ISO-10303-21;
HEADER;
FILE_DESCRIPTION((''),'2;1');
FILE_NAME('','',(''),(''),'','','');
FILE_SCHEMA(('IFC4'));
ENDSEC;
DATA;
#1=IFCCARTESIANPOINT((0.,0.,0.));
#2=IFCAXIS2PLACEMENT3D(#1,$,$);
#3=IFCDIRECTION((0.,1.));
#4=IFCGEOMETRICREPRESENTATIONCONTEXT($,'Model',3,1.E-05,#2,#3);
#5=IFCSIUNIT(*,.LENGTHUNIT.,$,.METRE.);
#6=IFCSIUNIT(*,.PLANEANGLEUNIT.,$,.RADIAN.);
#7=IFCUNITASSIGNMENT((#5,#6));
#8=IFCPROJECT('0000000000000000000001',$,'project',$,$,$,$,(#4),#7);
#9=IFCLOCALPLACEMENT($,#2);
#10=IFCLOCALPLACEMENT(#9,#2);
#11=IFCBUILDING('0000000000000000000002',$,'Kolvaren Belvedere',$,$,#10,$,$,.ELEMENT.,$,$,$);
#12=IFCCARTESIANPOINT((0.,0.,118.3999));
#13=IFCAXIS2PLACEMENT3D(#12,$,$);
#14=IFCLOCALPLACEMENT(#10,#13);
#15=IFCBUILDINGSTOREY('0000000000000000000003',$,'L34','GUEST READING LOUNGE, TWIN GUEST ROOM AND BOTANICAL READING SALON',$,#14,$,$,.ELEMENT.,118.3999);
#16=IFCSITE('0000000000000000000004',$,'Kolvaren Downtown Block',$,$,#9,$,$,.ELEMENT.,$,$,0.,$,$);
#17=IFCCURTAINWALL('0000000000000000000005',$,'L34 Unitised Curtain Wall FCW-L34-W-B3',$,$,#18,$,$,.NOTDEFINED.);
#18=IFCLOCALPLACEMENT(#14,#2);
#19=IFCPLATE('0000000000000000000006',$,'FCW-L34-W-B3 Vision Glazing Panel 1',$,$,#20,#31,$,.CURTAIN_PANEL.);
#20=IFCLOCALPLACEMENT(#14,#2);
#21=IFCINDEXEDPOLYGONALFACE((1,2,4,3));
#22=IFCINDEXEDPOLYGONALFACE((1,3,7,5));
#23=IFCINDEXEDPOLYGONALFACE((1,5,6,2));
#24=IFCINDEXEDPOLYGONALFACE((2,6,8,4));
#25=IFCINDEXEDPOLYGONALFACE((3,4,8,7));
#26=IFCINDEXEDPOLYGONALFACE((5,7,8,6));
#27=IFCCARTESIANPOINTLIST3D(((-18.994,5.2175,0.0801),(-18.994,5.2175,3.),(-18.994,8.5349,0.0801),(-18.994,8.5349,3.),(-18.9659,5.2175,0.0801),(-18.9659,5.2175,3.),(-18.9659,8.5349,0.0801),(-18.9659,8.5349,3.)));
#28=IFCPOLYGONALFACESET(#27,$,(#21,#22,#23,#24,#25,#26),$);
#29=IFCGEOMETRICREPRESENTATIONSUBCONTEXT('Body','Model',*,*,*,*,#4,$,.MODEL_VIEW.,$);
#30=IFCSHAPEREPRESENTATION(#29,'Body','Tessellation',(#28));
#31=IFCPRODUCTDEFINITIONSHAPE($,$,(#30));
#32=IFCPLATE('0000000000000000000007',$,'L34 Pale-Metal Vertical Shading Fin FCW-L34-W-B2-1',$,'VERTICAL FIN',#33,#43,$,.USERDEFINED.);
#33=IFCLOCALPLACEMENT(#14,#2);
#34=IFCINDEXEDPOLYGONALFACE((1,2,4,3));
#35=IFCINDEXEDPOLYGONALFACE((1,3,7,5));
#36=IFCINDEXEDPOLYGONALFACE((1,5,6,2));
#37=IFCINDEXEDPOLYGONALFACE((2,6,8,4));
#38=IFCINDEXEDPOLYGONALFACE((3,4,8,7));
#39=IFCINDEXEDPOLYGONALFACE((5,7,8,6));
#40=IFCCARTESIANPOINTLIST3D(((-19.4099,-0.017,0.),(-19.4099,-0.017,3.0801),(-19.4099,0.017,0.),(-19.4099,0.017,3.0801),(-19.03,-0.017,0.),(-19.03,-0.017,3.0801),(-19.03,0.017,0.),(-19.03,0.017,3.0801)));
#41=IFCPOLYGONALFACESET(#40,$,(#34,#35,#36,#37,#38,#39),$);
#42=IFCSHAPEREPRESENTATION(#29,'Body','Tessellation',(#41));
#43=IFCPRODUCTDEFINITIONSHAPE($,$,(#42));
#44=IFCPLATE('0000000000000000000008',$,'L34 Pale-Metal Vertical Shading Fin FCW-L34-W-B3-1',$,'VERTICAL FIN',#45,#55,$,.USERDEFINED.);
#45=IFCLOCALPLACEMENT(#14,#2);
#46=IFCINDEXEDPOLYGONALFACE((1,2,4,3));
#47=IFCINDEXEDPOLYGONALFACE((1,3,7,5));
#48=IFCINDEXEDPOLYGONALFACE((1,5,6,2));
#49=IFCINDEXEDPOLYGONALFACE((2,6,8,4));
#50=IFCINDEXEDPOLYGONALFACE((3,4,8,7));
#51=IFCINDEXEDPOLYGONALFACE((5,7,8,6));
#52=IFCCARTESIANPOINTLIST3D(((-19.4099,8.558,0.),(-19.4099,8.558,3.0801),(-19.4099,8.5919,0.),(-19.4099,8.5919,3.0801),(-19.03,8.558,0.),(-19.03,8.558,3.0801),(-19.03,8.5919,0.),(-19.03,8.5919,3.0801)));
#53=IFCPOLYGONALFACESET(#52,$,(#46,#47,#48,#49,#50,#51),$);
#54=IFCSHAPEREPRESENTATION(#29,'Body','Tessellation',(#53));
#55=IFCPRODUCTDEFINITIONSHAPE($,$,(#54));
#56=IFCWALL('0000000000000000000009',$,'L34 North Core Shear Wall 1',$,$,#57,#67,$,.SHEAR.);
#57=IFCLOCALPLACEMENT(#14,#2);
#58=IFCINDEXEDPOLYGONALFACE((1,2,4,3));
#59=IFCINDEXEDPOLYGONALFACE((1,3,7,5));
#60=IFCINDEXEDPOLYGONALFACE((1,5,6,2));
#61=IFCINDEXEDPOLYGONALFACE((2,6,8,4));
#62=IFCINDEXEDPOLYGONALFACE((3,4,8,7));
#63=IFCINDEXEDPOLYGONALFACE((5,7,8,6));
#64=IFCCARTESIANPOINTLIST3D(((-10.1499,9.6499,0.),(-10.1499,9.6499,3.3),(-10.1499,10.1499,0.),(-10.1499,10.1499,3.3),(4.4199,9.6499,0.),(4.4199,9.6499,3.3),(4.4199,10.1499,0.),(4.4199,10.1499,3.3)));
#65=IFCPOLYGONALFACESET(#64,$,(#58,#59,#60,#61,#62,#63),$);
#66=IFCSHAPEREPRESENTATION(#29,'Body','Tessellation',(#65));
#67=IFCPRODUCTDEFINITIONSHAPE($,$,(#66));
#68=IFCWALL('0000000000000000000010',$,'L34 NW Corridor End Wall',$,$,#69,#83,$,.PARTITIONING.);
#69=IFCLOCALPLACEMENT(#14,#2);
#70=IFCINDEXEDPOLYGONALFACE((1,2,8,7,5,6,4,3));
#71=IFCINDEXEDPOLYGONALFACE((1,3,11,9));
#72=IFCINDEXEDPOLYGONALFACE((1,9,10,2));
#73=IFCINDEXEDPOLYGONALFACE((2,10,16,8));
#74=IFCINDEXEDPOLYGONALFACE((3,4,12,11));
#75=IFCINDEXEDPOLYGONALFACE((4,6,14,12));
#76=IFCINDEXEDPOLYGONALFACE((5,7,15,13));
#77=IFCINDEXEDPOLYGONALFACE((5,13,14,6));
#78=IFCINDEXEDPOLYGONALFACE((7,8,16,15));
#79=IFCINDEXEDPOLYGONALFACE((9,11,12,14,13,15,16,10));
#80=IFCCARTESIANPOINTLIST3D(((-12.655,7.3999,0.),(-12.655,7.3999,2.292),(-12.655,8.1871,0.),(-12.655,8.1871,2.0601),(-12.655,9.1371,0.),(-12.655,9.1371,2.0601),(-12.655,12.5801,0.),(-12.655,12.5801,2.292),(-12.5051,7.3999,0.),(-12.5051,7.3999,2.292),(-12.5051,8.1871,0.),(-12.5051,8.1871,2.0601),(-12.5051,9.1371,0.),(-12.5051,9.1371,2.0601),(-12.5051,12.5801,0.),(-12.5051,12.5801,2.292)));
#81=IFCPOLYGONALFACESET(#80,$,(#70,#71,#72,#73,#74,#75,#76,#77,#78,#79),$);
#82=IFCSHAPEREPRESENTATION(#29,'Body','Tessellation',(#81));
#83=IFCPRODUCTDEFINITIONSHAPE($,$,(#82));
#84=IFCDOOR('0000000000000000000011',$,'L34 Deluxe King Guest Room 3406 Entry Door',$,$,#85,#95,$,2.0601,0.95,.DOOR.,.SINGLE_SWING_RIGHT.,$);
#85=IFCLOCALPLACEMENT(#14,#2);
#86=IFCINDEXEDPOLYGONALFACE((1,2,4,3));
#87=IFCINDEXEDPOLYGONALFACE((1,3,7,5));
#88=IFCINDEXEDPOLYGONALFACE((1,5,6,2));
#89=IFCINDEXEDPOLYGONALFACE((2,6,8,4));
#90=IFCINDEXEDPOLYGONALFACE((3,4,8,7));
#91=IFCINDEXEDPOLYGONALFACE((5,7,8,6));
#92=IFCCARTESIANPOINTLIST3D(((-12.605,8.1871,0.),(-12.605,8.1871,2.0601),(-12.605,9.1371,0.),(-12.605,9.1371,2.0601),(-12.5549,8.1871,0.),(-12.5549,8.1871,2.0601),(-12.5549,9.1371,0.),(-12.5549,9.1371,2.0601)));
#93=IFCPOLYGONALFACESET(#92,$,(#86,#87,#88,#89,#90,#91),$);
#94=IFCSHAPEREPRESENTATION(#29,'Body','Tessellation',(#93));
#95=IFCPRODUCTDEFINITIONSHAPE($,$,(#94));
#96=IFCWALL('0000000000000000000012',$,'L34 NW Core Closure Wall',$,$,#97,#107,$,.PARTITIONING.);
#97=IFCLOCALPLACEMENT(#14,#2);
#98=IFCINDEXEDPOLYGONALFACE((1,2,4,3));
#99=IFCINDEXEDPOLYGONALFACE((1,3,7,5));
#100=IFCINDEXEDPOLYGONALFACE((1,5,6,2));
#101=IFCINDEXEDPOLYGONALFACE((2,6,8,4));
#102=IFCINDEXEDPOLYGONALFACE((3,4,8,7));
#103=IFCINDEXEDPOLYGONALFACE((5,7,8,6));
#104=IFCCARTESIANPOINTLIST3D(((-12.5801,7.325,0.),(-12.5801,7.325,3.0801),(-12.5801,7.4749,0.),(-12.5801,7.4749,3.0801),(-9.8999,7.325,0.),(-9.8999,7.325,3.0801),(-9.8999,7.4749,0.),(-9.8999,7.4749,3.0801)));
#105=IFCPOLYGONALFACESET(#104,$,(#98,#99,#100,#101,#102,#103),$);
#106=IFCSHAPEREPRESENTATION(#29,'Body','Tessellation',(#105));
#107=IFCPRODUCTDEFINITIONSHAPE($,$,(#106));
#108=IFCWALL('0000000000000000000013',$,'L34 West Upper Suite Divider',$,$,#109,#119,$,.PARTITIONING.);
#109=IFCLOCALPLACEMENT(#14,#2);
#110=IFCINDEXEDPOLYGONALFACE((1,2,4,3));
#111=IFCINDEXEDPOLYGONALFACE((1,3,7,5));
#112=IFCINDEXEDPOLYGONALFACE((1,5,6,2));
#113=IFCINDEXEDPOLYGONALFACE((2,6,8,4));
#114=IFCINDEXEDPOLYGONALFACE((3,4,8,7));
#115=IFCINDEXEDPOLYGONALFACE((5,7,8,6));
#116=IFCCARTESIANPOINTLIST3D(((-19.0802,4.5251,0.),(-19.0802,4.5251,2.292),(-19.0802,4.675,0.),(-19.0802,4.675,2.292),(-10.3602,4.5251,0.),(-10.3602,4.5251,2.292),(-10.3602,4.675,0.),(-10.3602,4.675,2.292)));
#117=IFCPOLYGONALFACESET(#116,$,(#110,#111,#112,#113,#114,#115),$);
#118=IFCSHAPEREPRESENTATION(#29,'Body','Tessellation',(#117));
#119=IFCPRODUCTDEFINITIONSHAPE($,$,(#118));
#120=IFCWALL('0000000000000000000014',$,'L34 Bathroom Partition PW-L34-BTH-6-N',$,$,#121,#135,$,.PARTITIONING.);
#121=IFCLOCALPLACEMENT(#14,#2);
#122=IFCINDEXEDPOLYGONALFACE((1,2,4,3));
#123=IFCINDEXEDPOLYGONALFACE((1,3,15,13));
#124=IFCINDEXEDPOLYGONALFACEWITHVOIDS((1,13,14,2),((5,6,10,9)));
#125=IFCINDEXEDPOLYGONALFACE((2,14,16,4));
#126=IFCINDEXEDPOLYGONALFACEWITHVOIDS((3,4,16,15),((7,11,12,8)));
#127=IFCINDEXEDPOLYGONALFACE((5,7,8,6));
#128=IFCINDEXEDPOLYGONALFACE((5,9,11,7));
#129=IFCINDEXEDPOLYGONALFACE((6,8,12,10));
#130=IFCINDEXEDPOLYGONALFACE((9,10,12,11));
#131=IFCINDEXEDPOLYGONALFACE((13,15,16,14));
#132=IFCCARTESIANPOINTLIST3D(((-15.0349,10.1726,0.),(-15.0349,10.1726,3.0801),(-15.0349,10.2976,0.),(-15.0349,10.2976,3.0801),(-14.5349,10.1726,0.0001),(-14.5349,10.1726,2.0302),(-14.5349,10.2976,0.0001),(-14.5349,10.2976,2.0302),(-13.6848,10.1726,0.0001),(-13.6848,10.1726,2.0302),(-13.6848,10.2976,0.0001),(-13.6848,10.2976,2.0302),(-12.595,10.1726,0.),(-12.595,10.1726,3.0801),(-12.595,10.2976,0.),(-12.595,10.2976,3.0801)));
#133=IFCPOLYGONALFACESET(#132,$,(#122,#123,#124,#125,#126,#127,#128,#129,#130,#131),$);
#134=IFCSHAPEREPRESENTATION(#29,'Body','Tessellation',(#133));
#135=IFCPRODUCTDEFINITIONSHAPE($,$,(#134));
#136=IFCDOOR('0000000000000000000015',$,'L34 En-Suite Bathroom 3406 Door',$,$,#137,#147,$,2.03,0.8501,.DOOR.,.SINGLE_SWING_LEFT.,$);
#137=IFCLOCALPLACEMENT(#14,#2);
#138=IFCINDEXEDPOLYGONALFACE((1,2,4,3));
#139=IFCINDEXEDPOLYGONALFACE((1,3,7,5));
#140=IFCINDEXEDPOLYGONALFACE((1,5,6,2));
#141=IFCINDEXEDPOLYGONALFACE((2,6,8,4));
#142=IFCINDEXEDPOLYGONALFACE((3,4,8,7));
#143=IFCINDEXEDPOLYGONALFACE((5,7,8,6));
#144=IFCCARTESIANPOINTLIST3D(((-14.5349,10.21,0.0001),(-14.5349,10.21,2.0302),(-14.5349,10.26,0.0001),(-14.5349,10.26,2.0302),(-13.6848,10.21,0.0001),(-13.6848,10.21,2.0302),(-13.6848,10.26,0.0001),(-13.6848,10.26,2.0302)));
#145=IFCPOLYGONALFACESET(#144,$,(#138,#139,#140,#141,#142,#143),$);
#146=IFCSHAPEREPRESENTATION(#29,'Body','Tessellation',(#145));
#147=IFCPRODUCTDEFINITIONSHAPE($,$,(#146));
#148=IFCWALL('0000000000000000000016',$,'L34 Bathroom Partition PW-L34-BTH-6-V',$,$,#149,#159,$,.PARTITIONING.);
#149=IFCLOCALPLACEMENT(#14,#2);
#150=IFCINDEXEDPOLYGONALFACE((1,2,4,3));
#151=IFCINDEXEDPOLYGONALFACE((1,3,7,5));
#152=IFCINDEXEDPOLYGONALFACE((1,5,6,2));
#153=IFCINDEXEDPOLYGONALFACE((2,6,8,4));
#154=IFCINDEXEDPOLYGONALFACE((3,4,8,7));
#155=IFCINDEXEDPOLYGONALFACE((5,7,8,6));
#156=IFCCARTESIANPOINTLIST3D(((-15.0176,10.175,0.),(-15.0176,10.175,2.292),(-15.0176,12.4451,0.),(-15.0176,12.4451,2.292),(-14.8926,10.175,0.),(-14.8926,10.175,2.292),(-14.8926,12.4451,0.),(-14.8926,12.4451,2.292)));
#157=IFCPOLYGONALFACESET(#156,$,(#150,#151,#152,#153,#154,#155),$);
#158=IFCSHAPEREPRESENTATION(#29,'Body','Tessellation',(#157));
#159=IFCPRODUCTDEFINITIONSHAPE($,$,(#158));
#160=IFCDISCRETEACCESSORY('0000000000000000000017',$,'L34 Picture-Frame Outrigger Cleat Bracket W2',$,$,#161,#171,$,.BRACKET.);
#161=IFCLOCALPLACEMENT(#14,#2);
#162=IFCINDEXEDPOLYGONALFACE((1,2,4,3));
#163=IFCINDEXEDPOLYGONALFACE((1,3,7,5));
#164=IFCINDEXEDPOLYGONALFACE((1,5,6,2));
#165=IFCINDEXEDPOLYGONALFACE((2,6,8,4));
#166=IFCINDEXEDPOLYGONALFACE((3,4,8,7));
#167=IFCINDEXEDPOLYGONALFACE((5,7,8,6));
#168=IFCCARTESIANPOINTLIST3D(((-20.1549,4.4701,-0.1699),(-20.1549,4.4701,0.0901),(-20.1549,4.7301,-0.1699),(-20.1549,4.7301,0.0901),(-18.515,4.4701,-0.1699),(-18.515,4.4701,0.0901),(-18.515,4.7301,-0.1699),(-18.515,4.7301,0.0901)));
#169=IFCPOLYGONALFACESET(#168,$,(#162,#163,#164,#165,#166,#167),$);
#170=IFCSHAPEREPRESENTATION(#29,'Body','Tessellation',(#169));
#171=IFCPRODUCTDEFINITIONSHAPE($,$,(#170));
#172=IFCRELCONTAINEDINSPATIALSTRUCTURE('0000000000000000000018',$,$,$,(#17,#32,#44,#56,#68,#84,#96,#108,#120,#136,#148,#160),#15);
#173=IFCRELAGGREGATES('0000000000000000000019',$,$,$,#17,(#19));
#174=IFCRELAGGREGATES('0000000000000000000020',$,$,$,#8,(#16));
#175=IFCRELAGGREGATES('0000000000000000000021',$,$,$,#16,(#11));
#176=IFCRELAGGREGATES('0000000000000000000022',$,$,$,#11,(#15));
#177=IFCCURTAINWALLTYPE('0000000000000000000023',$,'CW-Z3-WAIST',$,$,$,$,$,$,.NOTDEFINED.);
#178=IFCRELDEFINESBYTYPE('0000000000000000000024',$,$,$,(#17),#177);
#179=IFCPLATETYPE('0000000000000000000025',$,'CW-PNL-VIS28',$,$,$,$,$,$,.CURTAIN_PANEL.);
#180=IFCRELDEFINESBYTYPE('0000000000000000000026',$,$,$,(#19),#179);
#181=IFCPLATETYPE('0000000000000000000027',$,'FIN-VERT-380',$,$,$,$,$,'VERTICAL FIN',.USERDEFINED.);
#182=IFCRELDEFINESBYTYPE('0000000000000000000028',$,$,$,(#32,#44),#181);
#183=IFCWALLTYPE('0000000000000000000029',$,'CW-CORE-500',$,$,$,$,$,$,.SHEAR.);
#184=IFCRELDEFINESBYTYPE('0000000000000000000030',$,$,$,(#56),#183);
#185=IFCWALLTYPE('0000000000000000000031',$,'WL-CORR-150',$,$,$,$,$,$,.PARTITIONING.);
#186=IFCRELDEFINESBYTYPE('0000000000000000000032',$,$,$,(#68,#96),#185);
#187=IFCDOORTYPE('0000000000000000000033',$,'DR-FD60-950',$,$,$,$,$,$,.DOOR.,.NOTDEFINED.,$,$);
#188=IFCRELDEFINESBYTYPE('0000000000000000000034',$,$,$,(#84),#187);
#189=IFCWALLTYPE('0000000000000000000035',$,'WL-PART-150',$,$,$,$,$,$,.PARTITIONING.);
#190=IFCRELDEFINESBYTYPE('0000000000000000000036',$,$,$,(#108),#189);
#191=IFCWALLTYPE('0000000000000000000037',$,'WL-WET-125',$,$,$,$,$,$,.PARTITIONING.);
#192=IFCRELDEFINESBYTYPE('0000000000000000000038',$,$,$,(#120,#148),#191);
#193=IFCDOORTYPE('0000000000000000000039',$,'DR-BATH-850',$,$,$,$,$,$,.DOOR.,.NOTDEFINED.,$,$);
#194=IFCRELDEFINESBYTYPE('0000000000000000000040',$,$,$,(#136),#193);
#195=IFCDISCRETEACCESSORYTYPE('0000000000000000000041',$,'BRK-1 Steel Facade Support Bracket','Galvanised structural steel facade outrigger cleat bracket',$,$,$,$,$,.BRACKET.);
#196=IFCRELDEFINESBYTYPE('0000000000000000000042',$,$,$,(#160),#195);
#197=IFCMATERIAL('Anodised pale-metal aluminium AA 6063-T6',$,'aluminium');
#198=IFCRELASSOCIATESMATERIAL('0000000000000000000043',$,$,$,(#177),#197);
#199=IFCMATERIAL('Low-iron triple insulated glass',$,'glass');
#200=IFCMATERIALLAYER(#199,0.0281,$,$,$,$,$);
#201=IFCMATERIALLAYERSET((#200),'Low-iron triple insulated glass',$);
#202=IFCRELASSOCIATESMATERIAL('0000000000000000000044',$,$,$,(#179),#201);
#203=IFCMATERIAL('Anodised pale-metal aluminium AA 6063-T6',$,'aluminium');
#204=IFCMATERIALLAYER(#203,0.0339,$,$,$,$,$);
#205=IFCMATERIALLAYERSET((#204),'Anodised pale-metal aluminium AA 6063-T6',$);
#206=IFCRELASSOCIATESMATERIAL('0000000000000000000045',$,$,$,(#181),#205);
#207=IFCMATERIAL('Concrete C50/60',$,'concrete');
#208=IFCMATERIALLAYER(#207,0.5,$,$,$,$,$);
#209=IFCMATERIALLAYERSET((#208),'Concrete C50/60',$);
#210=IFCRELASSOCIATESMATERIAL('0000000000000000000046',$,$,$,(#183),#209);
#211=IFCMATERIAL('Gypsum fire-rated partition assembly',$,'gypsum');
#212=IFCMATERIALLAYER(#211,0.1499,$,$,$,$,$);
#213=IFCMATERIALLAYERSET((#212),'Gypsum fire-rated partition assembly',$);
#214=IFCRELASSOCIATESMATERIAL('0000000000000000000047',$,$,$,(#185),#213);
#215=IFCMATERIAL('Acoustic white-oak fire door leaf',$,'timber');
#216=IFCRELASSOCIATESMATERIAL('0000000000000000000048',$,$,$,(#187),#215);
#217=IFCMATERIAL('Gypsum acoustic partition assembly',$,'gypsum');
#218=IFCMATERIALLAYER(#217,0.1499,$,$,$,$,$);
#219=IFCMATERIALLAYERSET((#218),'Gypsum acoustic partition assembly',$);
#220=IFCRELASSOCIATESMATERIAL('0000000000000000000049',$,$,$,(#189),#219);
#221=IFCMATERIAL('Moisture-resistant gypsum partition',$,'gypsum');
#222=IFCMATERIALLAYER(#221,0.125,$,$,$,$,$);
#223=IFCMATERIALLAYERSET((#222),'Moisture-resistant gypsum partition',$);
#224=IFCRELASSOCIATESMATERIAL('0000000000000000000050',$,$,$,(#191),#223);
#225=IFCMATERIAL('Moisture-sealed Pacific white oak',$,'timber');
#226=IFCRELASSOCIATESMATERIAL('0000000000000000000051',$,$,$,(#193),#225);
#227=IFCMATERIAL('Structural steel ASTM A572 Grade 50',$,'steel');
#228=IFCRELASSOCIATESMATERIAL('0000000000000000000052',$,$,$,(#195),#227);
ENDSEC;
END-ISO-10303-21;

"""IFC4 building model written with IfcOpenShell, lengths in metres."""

from ifc_helpers import new_model, si_unit, direction, frame, frame_2d, origin, origin_2d, place, context, subcontext, project, spatial, rectangle, extrude, material, layer, layer_set, type_object, element, fill, aggregate, save


model = new_model("IFC4")

# Units and contexts
model_context = context("Model", 3, precision=1e-05, world=origin(), true_north=direction((0.0, 1.0)))
body_context = subcontext(model_context, "Body", "Model", "MODEL_VIEW")
ifc_project = project(units=[si_unit("LENGTHUNIT", "METRE"), si_unit("PLANEANGLEUNIT", "RADIAN")], contexts=[model_context])

# Site, building, storey
site_placement = place(None, origin())
site = spatial("IfcSite", under=ifc_project, at=site_placement, Name="Kolvaren Downtown Block", CompositionType="ELEMENT", RefElevation=0.0)
building_placement = place(site_placement, origin())
building = spatial("IfcBuilding", under=site, at=building_placement, Name="Kolvaren Belvedere", CompositionType="ELEMENT")
storey_placement = place(building_placement, frame((0.0, 0.0, 118.3999)))
storey = spatial("IfcBuildingStorey", under=building, at=storey_placement, Name="L34", Description="GUEST READING LOUNGE, TWIN GUEST ROOM AND BOTANICAL READING SALON", CompositionType="ELEMENT", Elevation=118.3999)

# Curtain wall
ifc_material_1 = material(Name="Anodised pale-metal aluminium AA 6063-T6", Category="aluminium")
curtain_wall_type = type_object("IfcCurtainWallType", Name="CW-Z3-WAIST", PredefinedType="NOTDEFINED", material=ifc_material_1)
curtain_wall_1_placement = place(storey_placement, origin())
curtain_wall_1 = element("IfcCurtainWall", 1, at=curtain_wall_1_placement, inside=storey, type_object=curtain_wall_type, Name="L34 Unitised Curtain Wall FCW-L34-W-B3", PredefinedType="NOTDEFINED")

# Plate
ifc_material_2 = material(Name="Low-iron triple insulated glass", Category="glass")
ifc_layer_1 = layer(ifc_material_2, 0.0281)
ifc_layer_set_1 = layer_set([ifc_layer_1], Name="Low-iron triple insulated glass")
plate_type_1 = type_object("IfcPlateType", Name="CW-PNL-VIS28", PredefinedType="CURTAIN_PANEL", material=ifc_layer_set_1)
plate_1_placement = place(storey_placement, frame((-18.98, 6.8762, 0.0801), z_axis=(0.0, 0.0, 1.0), x_axis=(0.0, 1.0, 0.0)))
plate_1 = element("IfcPlate", 2, at=plate_1_placement, type_object=plate_type_1, Name="FCW-L34-W-B3 Vision Glazing Panel 1", PredefinedType="CURTAIN_PANEL", context=body_context, shape_type="SweptSolid", body=[
    extrude(rectangle(XDim=3.3174, YDim=0.0281, at=origin_2d()), origin(), (0.0, 0.0, 1.0), 2.9199),
])
aggregate(curtain_wall_1, [plate_1])

# Plates
ifc_material_3 = material(Name="Anodised pale-metal aluminium AA 6063-T6", Category="aluminium")
ifc_layer_2 = layer(ifc_material_3, 0.0339)
ifc_layer_set_2 = layer_set([ifc_layer_2], Name="Anodised pale-metal aluminium AA 6063-T6")
plate_type_2 = type_object("IfcPlateType", Name="FIN-VERT-380", ElementType="VERTICAL FIN", PredefinedType="USERDEFINED", material=ifc_layer_set_2)
for number, where, z_axis, x_axis, name in (
    (3, (-19.22, 0.0, 0.0), (0.0, 0.0, 1.0), (1.0, 0.0, 0.0), "L34 Pale-Metal Vertical Shading Fin FCW-L34-W-B2-1"),
    (4, (-19.22, 8.575, 0.0), (0.0, 0.0, 1.0), (1.0, 0.0, 0.0), "L34 Pale-Metal Vertical Shading Fin FCW-L34-W-B3-1"),
):
    element("IfcPlate", number, at=place(storey_placement, frame(where, z_axis=z_axis, x_axis=x_axis)), inside=storey, type_object=plate_type_2, Name=name, ObjectType="VERTICAL FIN", PredefinedType="USERDEFINED", context=body_context, shape_type="SweptSolid", body=[
        extrude(rectangle(XDim=0.3799, YDim=0.0339, at=origin_2d()), origin(), (0.0, 0.0, 1.0), 3.0801),
    ])

# Wall
ifc_material_4 = material(Name="Concrete C50/60", Category="concrete")
ifc_layer_3 = layer(ifc_material_4, 0.5)
ifc_layer_set_3 = layer_set([ifc_layer_3], Name="Concrete C50/60")
wall_type_1 = type_object("IfcWallType", Name="CW-CORE-500", PredefinedType="SHEAR", material=ifc_layer_set_3)
wall_1_placement = place(storey_placement, frame((-10.1499, 9.8999, 0.0), z_axis=(0.0, 0.0, 1.0), x_axis=(1.0, 0.0, 0.0)))
element("IfcWall", 5, at=wall_1_placement, inside=storey, type_object=wall_type_1, Name="L34 North Core Shear Wall 1", PredefinedType="SHEAR", context=body_context, shape_type="SweptSolid", body=[
    extrude(rectangle(XDim=14.5698, YDim=0.5, at=frame_2d((7.2849, 0.0))), origin(), (0.0, 0.0, 1.0), 3.3),
])

# Wall, opening, door
ifc_material_5 = material(Name="Gypsum fire-rated partition assembly", Category="gypsum")
ifc_layer_4 = layer(ifc_material_5, 0.1499)
ifc_layer_set_4 = layer_set([ifc_layer_4], Name="Gypsum fire-rated partition assembly")
wall_type_2 = type_object("IfcWallType", Name="WL-CORR-150", PredefinedType="PARTITIONING", material=ifc_layer_set_4)
wall_2_placement = place(storey_placement, frame((-12.5801, 7.3999, 0.0), z_axis=(0.0, 0.0, 1.0), x_axis=(0.0, 1.0, 0.0)))
wall_2 = element("IfcWall", 6, at=wall_2_placement, inside=storey, type_object=wall_type_2, Name="L34 NW Corridor End Wall", PredefinedType="PARTITIONING", context=body_context, shape_type="SweptSolid", body=[
    extrude(rectangle(XDim=5.1802, YDim=0.1499, at=frame_2d((2.5901, 0.0))), origin(), (0.0, 0.0, 1.0), 2.292),
])
opening_1_placement = place(wall_2_placement, frame((0.7871, 0.0, 0.0)))
opening_1 = element("IfcOpeningElement", 7, at=opening_1_placement, cuts=wall_2, PredefinedType="OPENING", context=body_context, shape_type="SweptSolid", body=[
    extrude(rectangle(XDim=0.95, YDim=2.0601, at=frame_2d((0.4751, 1.03))), frame((0.0, 0.085, 0.0), z_axis=(0.0, -1.0, 0.0), x_axis=(1.0, 0.0, 0.0)), (0.0, 0.0, 1.0), 0.1699),
])
ifc_material_6 = material(Name="Acoustic white-oak fire door leaf", Category="timber")
door_type_1 = type_object("IfcDoorType", Name="DR-FD60-950", OperationType="NOTDEFINED", PredefinedType="DOOR", material=ifc_material_6)
door_1_placement = place(opening_1_placement, origin())
door_1 = element("IfcDoor", 8, at=door_1_placement, inside=storey, type_object=door_type_1, Name="L34 Deluxe King Guest Room 3406 Entry Door", OperationType="SINGLE_SWING_RIGHT", OverallHeight=2.0601, OverallWidth=0.95, PredefinedType="DOOR", context=body_context, shape_type="SweptSolid", body=[
    extrude(rectangle(XDim=0.95, YDim=2.0601, at=frame_2d((0.4751, 1.03))), frame((0.0, 0.0249, 0.0), z_axis=(0.0, -1.0, 0.0), x_axis=(1.0, 0.0, 0.0)), (0.0, 0.0, 1.0), 0.05),
])
fill(opening_1, door_1)

# Walls
wall_3_placement = place(storey_placement, frame((-12.5801, 7.3999, 0.0), z_axis=(0.0, 0.0, 1.0), x_axis=(1.0, 0.0, 0.0)))
element("IfcWall", 9, at=wall_3_placement, inside=storey, type_object=wall_type_2, Name="L34 NW Core Closure Wall", PredefinedType="PARTITIONING", context=body_context, shape_type="SweptSolid", body=[
    extrude(rectangle(XDim=2.6802, YDim=0.1499, at=frame_2d((1.3401, 0.0))), origin(), (0.0, 0.0, 1.0), 3.0801),
])
ifc_material_7 = material(Name="Gypsum acoustic partition assembly", Category="gypsum")
ifc_layer_5 = layer(ifc_material_7, 0.1499)
ifc_layer_set_5 = layer_set([ifc_layer_5], Name="Gypsum acoustic partition assembly")
wall_type_3 = type_object("IfcWallType", Name="WL-PART-150", PredefinedType="PARTITIONING", material=ifc_layer_set_5)
wall_4_placement = place(storey_placement, frame((-19.0801, 4.6001, 0.0), z_axis=(0.0, 0.0, 1.0), x_axis=(1.0, 0.0, 0.0)))
element("IfcWall", 10, at=wall_4_placement, inside=storey, type_object=wall_type_3, Name="L34 West Upper Suite Divider", PredefinedType="PARTITIONING", context=body_context, shape_type="SweptSolid", body=[
    extrude(rectangle(XDim=8.72, YDim=0.1499, at=frame_2d((4.3599, 0.0))), origin(), (0.0, 0.0, 1.0), 2.292),
])

# Wall, opening, door
ifc_material_8 = material(Name="Moisture-resistant gypsum partition", Category="gypsum")
ifc_layer_6 = layer(ifc_material_8, 0.125)
ifc_layer_set_6 = layer_set([ifc_layer_6], Name="Moisture-resistant gypsum partition")
wall_type_4 = type_object("IfcWallType", Name="WL-WET-125", PredefinedType="PARTITIONING", material=ifc_layer_set_6)
wall_5_placement = place(storey_placement, frame((-15.0349, 10.2351, 0.0), z_axis=(0.0, 0.0, 1.0), x_axis=(1.0, 0.0, 0.0)))
wall_5 = element("IfcWall", 11, at=wall_5_placement, inside=storey, type_object=wall_type_4, Name="L34 Bathroom Partition PW-L34-BTH-6-N", PredefinedType="PARTITIONING", context=body_context, shape_type="SweptSolid", body=[
    extrude(rectangle(XDim=2.4399, YDim=0.125, at=frame_2d((1.22, 0.0))), origin(), (0.0, 0.0, 1.0), 3.0801),
])
opening_2_placement = place(wall_5_placement, frame((0.5, 0.0, 0.0)))
opening_2 = element("IfcOpeningElement", 12, at=opening_2_placement, cuts=wall_5, PredefinedType="OPENING", context=body_context, shape_type="SweptSolid", body=[
    extrude(rectangle(XDim=0.8501, YDim=2.03, at=frame_2d((0.425, 1.0151))), frame((0.0, 0.0725, 0.0), z_axis=(0.0, -1.0, 0.0), x_axis=(1.0, 0.0, 0.0)), (0.0, 0.0, 1.0), 0.145),
])
ifc_material_9 = material(Name="Moisture-sealed Pacific white oak", Category="timber")
door_type_2 = type_object("IfcDoorType", Name="DR-BATH-850", OperationType="NOTDEFINED", PredefinedType="DOOR", material=ifc_material_9)
door_2_placement = place(opening_2_placement, origin())
door_2 = element("IfcDoor", 13, at=door_2_placement, inside=storey, type_object=door_type_2, Name="L34 En-Suite Bathroom 3406 Door", OperationType="SINGLE_SWING_LEFT", OverallHeight=2.03, OverallWidth=0.8501, PredefinedType="DOOR", context=body_context, shape_type="SweptSolid", body=[
    extrude(rectangle(XDim=0.8501, YDim=2.03, at=frame_2d((0.425, 1.0151))), frame((0.0, 0.0249, 0.0), z_axis=(0.0, -1.0, 0.0), x_axis=(1.0, 0.0, 0.0)), (0.0, 0.0, 1.0), 0.05),
])
fill(opening_2, door_2)

# Wall
wall_6_placement = place(storey_placement, frame((-14.9551, 10.175, 0.0), z_axis=(0.0, 0.0, 1.0), x_axis=(0.0, 1.0, 0.0)))
element("IfcWall", 14, at=wall_6_placement, inside=storey, type_object=wall_type_4, Name="L34 Bathroom Partition PW-L34-BTH-6-V", PredefinedType="PARTITIONING", context=body_context, shape_type="SweptSolid", body=[
    extrude(rectangle(XDim=2.27, YDim=0.125, at=frame_2d((1.135, 0.0))), origin(), (0.0, 0.0, 1.0), 2.292),
])

# Discrete accessory
ifc_material_10 = material(Name="Structural steel ASTM A572 Grade 50", Category="steel")
discrete_accessory_type = type_object("IfcDiscreteAccessoryType", Name="BRK-1 Steel Facade Support Bracket", Description="Galvanised structural steel facade outrigger cleat bracket", PredefinedType="BRACKET", material=ifc_material_10)
discrete_accessory_placement = place(storey_placement, frame((-19.335, 4.6001, -0.1699), z_axis=(0.0, 0.0, 1.0), x_axis=(1.0, 0.0, 0.0)))
element("IfcDiscreteAccessory", 15, at=discrete_accessory_placement, inside=storey, type_object=discrete_accessory_type, Name="L34 Picture-Frame Outrigger Cleat Bracket W2", PredefinedType="BRACKET", context=body_context, shape_type="SweptSolid", body=[
    extrude(rectangle(XDim=1.6399, YDim=0.26, at=origin_2d()), origin(), (0.0, 0.0, 1.0), 0.26),
])

save(model, "model.ifc")
